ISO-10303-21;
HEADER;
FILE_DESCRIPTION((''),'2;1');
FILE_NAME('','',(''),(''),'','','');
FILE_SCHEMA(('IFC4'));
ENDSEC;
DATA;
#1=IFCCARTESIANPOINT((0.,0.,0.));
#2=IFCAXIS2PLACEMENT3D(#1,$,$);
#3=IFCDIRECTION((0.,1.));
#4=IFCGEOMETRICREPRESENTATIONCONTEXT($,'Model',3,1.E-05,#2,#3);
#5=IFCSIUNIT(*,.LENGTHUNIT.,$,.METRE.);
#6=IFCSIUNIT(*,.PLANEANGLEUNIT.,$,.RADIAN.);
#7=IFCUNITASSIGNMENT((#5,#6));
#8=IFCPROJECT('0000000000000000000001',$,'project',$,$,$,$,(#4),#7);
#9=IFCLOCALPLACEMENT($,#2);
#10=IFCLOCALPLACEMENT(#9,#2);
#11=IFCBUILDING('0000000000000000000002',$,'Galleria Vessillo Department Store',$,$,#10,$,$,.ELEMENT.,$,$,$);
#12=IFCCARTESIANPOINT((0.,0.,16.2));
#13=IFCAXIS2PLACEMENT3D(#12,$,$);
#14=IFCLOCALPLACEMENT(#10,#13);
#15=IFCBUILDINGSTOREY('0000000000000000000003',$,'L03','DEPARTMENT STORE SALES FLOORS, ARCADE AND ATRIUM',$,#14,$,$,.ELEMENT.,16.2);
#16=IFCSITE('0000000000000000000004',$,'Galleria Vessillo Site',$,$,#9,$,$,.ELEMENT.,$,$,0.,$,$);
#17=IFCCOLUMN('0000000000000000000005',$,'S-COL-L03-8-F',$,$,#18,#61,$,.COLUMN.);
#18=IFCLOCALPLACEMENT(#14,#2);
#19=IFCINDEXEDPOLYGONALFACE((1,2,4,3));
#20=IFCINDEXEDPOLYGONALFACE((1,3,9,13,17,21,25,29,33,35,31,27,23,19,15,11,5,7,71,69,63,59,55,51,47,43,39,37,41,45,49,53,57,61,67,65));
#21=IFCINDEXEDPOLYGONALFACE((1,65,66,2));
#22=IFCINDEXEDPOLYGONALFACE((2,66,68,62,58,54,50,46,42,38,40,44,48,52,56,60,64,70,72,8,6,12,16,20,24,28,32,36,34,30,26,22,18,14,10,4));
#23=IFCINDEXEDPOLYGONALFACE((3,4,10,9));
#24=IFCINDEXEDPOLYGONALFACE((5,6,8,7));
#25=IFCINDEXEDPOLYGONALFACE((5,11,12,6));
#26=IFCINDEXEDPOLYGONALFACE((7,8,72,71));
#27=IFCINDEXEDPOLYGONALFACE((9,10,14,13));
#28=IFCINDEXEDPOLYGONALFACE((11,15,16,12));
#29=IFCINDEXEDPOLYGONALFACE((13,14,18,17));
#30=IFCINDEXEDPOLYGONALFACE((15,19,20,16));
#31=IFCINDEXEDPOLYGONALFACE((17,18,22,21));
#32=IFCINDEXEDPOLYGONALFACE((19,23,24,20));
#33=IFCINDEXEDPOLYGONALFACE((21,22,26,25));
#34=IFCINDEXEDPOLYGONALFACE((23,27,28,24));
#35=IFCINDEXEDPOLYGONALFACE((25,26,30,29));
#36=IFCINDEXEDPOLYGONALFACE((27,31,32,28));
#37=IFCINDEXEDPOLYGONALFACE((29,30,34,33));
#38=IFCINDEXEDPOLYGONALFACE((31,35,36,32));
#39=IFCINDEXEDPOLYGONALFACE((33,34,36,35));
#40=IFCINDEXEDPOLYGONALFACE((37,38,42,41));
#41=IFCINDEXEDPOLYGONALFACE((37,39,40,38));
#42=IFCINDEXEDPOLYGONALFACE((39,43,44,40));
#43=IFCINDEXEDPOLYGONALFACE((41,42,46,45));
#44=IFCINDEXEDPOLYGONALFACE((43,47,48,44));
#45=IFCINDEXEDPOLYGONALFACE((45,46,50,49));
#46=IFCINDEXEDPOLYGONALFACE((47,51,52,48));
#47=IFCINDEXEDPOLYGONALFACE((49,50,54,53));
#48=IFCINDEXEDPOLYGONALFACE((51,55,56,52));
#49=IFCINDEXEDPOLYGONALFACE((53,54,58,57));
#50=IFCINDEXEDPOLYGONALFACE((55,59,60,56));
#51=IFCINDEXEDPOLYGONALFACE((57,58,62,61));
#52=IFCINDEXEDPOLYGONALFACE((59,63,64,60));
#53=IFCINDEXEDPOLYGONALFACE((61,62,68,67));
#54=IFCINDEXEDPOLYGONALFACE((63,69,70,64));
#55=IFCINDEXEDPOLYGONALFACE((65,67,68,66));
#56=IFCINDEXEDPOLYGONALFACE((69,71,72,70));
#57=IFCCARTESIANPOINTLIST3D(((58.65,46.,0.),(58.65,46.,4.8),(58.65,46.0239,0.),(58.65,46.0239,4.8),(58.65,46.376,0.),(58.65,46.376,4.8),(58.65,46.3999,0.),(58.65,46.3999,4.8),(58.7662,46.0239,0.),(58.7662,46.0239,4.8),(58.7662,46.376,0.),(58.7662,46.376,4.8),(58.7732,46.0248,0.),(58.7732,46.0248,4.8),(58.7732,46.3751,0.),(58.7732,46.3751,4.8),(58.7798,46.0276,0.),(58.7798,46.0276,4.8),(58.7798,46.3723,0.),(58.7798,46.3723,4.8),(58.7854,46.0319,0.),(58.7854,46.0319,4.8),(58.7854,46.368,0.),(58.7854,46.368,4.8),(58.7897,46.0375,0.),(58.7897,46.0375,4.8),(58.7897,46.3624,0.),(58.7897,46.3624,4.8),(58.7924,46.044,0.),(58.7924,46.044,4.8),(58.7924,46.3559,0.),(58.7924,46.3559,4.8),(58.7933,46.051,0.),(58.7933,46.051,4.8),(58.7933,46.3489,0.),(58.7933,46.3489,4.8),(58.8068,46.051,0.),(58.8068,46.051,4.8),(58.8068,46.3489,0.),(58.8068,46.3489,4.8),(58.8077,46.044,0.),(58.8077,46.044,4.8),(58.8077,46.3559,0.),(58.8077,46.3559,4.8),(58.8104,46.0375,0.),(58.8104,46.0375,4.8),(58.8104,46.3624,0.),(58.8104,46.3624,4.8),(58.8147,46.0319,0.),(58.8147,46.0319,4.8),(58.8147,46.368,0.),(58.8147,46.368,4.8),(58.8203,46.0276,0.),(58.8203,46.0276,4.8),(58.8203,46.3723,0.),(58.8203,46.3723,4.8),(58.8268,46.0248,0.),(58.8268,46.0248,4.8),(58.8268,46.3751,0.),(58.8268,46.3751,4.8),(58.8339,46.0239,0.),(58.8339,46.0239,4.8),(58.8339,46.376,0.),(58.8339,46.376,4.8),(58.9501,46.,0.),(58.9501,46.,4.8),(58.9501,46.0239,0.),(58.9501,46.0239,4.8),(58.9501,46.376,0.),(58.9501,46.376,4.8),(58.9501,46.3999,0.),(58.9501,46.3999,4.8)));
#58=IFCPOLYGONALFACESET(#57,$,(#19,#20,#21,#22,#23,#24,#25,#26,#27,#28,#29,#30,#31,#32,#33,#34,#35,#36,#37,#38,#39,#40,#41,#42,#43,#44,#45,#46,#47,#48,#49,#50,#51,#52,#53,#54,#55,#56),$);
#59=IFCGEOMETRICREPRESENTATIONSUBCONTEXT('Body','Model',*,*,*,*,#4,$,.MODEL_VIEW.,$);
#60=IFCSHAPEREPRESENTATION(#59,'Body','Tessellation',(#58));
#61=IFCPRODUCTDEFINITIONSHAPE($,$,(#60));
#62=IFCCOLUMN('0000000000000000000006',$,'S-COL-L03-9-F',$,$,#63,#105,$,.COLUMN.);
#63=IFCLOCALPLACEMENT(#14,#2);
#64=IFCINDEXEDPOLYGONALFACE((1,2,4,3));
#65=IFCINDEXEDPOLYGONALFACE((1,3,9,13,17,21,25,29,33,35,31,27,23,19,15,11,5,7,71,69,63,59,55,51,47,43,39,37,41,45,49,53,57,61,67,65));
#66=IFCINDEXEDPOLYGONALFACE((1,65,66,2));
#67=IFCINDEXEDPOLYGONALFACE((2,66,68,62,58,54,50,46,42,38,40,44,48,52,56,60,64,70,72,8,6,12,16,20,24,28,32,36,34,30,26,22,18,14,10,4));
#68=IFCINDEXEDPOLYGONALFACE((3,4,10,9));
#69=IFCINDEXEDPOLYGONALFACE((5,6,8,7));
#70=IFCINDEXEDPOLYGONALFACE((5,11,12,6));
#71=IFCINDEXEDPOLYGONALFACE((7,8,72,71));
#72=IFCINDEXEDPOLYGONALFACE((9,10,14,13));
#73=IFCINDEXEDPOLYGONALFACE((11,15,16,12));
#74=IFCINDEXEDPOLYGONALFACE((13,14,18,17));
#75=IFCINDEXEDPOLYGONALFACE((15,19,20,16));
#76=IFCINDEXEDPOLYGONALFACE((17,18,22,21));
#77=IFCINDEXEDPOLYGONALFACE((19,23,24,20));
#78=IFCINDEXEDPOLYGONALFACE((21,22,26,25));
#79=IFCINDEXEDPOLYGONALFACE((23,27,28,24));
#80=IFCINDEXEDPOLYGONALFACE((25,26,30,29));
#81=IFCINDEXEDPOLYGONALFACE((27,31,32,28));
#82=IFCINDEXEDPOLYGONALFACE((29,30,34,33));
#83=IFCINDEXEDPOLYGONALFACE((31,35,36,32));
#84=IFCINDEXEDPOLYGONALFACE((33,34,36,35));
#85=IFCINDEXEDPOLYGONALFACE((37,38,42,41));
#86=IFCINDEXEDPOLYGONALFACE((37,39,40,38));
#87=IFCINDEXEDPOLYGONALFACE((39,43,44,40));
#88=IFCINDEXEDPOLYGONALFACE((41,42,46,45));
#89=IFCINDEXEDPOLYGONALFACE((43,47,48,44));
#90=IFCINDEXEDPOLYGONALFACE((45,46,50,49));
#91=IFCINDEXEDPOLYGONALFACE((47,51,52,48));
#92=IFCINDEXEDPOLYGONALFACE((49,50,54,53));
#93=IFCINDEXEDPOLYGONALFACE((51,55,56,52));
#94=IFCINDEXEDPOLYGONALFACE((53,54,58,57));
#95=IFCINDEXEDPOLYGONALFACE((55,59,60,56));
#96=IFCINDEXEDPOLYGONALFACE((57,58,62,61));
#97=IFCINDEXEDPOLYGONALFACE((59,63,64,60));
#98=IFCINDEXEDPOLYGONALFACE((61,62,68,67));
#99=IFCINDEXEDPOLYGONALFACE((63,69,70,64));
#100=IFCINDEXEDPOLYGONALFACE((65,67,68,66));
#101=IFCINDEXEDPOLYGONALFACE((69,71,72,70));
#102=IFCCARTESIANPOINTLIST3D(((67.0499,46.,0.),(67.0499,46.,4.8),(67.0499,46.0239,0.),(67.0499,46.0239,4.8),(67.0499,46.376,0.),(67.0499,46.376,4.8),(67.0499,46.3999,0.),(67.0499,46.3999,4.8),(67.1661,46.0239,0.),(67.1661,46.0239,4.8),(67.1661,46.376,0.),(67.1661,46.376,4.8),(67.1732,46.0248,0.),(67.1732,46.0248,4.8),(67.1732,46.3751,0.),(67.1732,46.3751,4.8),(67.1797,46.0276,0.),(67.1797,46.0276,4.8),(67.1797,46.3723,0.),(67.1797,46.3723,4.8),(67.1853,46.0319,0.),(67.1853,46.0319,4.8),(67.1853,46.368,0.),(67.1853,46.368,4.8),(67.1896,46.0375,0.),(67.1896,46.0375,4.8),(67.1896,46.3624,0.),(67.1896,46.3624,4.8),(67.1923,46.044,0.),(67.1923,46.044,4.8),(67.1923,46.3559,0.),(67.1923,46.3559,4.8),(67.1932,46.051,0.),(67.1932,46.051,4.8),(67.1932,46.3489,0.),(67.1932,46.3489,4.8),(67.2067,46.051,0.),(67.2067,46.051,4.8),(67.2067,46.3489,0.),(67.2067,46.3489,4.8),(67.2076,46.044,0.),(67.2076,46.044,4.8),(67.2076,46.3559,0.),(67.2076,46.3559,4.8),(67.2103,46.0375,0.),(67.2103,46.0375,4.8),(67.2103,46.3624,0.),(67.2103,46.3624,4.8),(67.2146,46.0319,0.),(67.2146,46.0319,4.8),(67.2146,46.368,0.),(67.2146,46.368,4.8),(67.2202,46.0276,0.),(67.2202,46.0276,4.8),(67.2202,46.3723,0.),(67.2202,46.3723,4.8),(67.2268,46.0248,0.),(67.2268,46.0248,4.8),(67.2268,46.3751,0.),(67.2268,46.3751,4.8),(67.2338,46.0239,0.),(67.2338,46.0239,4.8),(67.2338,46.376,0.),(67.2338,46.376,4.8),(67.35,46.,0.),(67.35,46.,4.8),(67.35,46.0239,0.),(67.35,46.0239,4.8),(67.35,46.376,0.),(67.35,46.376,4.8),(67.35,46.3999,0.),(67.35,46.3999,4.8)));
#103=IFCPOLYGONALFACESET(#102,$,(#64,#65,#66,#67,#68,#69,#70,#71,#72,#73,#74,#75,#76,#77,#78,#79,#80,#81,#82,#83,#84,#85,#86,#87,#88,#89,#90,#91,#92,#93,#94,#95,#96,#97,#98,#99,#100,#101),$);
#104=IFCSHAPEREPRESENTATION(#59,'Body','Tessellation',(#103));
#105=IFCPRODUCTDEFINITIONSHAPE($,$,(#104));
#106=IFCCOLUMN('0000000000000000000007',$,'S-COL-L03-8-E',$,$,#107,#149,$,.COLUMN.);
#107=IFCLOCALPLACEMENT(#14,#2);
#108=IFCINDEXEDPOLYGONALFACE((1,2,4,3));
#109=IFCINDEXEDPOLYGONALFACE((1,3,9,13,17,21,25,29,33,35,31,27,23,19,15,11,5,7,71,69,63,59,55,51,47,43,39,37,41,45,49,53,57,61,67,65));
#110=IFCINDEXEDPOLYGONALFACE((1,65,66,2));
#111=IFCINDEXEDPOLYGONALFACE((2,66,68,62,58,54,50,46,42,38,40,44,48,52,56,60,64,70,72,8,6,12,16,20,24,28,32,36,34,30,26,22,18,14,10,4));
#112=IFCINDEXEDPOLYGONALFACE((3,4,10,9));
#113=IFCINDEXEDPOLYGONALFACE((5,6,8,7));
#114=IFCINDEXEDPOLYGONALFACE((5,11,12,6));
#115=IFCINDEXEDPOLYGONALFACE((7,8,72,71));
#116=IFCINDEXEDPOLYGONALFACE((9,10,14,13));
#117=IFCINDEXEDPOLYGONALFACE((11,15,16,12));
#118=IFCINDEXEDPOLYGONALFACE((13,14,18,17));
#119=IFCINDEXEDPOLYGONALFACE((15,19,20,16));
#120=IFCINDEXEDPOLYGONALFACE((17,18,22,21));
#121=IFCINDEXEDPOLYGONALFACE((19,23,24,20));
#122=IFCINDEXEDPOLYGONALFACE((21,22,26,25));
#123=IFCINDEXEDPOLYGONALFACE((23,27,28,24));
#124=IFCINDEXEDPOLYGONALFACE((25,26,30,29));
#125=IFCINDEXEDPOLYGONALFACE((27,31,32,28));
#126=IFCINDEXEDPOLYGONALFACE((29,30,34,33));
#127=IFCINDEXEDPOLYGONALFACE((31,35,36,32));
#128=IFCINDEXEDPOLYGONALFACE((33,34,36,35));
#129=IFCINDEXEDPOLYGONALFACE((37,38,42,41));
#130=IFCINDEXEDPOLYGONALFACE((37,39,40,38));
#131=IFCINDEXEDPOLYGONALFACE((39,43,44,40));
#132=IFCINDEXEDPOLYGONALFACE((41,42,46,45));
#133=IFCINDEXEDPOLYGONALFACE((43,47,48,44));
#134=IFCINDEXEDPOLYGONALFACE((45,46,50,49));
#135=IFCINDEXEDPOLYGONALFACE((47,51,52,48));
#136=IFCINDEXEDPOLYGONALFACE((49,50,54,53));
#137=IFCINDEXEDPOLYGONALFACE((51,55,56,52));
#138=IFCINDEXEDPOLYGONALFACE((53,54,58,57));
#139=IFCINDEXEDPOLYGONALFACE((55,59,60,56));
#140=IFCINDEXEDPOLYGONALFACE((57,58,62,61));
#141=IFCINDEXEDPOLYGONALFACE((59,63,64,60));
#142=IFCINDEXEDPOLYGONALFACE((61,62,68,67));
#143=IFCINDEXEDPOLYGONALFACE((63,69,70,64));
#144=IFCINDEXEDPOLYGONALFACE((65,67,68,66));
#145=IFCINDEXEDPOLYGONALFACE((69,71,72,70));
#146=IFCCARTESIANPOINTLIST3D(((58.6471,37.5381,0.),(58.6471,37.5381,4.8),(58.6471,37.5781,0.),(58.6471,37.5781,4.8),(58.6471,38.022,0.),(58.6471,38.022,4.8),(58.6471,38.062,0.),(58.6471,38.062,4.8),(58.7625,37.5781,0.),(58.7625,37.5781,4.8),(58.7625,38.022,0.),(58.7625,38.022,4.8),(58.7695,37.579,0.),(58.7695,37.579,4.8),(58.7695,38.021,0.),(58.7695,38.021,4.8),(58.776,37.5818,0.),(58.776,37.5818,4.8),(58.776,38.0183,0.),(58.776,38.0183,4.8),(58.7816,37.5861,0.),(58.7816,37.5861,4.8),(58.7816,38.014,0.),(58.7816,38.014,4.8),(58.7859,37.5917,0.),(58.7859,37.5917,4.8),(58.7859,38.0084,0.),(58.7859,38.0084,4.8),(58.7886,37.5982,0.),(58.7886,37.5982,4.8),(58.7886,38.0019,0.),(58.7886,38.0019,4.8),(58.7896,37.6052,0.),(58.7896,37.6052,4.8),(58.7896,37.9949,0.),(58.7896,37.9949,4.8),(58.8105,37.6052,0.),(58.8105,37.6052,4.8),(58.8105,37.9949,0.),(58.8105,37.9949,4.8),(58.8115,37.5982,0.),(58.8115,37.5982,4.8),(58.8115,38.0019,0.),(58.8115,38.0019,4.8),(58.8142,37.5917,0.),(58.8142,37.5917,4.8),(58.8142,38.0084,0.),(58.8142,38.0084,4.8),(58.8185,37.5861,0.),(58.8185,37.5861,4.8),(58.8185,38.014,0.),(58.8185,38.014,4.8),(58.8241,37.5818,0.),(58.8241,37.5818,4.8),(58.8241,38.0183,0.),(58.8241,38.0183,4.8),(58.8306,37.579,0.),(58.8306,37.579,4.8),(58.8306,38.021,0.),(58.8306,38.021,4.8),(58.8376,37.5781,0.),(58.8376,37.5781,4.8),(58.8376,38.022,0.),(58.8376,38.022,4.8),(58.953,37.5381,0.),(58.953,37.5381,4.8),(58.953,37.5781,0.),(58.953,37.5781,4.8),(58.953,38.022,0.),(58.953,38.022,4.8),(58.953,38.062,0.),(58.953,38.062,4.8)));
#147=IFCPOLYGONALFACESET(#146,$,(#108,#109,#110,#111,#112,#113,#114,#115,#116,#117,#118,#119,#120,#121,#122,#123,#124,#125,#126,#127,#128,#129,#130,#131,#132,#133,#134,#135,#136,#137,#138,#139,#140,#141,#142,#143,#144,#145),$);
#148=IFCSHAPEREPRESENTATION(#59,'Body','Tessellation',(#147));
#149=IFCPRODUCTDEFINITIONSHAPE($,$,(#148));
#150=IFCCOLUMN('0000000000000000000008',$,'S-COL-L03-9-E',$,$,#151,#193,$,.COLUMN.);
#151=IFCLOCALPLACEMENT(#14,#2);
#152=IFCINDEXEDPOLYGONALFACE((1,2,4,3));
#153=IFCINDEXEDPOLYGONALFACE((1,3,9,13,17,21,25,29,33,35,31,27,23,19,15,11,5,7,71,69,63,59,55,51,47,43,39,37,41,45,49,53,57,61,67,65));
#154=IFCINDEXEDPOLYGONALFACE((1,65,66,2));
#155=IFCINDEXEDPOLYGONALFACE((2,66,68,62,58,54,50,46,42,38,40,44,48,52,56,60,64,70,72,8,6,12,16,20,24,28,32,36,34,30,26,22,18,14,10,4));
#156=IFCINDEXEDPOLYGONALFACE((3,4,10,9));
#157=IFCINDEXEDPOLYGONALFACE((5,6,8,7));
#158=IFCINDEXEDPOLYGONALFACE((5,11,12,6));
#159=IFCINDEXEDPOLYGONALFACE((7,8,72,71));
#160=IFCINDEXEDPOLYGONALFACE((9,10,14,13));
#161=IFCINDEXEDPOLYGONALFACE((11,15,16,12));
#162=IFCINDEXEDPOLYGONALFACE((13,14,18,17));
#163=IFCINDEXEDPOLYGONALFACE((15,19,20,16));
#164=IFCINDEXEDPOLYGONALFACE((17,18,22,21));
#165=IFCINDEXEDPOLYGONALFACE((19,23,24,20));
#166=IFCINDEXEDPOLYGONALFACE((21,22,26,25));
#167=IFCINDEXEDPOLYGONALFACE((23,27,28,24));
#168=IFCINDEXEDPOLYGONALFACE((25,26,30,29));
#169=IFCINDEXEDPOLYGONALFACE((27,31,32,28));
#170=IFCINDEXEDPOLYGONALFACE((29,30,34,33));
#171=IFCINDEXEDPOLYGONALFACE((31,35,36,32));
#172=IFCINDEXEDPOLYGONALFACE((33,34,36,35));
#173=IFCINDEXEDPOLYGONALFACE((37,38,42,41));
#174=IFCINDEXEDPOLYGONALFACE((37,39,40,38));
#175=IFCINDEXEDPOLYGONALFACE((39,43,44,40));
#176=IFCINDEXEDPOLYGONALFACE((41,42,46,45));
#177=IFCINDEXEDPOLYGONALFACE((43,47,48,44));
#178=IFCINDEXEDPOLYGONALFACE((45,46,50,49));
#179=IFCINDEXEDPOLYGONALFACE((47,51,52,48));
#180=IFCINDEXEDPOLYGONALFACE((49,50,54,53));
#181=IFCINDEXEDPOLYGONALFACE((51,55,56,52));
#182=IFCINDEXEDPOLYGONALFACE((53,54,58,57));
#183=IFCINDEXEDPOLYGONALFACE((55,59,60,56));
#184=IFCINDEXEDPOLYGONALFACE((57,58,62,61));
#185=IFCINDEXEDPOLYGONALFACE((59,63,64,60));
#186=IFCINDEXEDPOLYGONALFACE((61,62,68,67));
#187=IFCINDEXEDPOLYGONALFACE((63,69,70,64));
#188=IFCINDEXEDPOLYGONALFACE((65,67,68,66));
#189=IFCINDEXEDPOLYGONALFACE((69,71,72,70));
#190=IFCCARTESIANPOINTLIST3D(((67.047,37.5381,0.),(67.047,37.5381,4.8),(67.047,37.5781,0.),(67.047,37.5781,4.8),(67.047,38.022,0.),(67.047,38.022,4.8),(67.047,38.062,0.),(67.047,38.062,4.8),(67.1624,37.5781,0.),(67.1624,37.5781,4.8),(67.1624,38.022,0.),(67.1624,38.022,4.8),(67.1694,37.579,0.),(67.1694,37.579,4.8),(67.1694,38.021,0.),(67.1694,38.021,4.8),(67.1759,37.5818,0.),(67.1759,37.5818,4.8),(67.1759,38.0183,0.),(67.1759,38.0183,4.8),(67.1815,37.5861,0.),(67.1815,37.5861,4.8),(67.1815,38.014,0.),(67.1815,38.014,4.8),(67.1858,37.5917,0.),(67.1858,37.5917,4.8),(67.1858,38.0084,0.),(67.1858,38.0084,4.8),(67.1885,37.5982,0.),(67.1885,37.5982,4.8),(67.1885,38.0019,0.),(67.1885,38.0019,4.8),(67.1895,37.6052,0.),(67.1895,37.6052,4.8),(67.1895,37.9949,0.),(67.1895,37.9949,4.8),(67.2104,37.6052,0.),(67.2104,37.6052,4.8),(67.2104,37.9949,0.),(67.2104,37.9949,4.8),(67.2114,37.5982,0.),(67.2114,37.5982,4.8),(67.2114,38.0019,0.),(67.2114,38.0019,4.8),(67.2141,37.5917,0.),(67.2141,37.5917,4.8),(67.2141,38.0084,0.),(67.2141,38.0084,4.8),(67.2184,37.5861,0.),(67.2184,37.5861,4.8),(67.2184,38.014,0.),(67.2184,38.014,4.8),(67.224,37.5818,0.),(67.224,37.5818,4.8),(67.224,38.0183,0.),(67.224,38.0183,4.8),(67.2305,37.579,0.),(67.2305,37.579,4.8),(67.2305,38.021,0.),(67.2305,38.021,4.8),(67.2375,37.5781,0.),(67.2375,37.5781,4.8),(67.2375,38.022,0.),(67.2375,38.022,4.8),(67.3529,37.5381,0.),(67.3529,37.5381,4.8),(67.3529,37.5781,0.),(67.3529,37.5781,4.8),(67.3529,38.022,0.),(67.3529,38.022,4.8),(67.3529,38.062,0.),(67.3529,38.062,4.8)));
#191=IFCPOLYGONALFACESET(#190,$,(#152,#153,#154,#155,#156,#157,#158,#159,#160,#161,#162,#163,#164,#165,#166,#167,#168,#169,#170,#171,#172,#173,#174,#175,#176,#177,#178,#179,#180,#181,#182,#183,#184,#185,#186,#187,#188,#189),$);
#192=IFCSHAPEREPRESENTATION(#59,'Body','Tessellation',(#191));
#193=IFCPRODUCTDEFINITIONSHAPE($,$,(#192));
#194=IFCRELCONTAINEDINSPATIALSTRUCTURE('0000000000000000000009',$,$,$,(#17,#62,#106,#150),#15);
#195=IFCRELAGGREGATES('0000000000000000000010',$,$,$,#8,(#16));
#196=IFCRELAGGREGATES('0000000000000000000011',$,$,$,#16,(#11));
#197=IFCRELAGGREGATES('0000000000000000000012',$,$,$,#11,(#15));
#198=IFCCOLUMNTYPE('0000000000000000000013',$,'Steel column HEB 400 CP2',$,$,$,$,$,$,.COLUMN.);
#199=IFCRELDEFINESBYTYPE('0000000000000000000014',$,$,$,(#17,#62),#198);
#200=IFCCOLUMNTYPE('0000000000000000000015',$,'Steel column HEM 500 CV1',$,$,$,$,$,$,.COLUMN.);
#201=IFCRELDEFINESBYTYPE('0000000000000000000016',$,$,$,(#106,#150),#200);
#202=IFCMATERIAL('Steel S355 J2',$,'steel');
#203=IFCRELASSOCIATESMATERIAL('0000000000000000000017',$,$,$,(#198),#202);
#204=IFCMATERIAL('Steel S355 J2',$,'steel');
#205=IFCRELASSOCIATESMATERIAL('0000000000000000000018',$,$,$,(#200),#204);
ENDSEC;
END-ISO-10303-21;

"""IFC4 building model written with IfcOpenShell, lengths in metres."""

from ifc_helpers import new_model, si_unit, direction, frame, origin, origin_2d, place, context, subcontext, project, spatial, i_section, extrude, material, material_profile, profile_set, type_object, element, save


model = new_model("IFC4")

# Units and contexts
model_context = context("Model", 3, precision=1e-05, world=origin(), true_north=direction((0.0, 1.0)))
body_context = subcontext(model_context, "Body", "Model", "MODEL_VIEW")
ifc_project = project(units=[si_unit("LENGTHUNIT", "METRE"), si_unit("PLANEANGLEUNIT", "RADIAN")], contexts=[model_context])

# Site, building, storey
site_placement = place(None, origin())
site = spatial("IfcSite", under=ifc_project, at=site_placement, Name="Galleria Vessillo Site", CompositionType="ELEMENT", RefElevation=0.0)
building_placement = place(site_placement, origin())
building = spatial("IfcBuilding", under=site, at=building_placement, Name="Galleria Vessillo Department Store", CompositionType="ELEMENT")
storey_placement = place(building_placement, frame((0.0, 0.0, 16.2)))
storey = spatial("IfcBuildingStorey", under=building, at=storey_placement, Name="L03", Description="DEPARTMENT STORE SALES FLOORS, ARCADE AND ATRIUM", CompositionType="ELEMENT", Elevation=16.2)

# Columns
ifc_material_1 = material(Name="Steel S355 J2", Category="steel")
ifc_material_profile_1 = material_profile(ifc_material_1, i_section(OverallWidth=0.3, OverallDepth=0.3999, WebThickness=0.0134, FlangeThickness=0.0239, FilletRadius=0.0271, at=origin_2d()), Name="HEB 400")
ifc_profile_set_1 = profile_set([ifc_material_profile_1], Name="Steel S355 J2")
column_type_1 = type_object("IfcColumnType", Name="Steel column HEB 400 CP2", PredefinedType="COLUMN", material=ifc_profile_set_1)
for number, where, z_axis, x_axis, name in (
    (1, (58.8, 46.2, 0.0), (0.0, 0.0, 1.0), (1.0, 0.0, 0.0), "S-COL-L03-8-F"),
    (2, (67.2, 46.2, 0.0), (0.0, 0.0, 1.0), (1.0, 0.0, 0.0), "S-COL-L03-9-F"),
):
    element("IfcColumn", number, at=place(storey_placement, frame(where, z_axis=z_axis, x_axis=x_axis)), inside=storey, type_object=column_type_1, Name=name, PredefinedType="COLUMN", context=body_context, shape_type="SweptSolid", body=[
        extrude(i_section(OverallWidth=0.3, OverallDepth=0.3999, WebThickness=0.0134, FlangeThickness=0.0239, FilletRadius=0.0271, at=origin_2d()), origin(), (0.0, 0.0, 1.0), 4.8),
    ])
ifc_material_2 = material(Name="Steel S355 J2", Category="steel")
ifc_material_profile_2 = material_profile(ifc_material_2, i_section(OverallWidth=0.3059, OverallDepth=0.5239, WebThickness=0.021, FlangeThickness=0.04, FilletRadius=0.0271, at=origin_2d()), Name="HEM 500")
ifc_profile_set_2 = profile_set([ifc_material_profile_2], Name="Steel S355 J2")
column_type_2 = type_object("IfcColumnType", Name="Steel column HEM 500 CV1", PredefinedType="COLUMN", material=ifc_profile_set_2)
for number, where, z_axis, x_axis, name in (
    (3, (58.8, 37.8, 0.0), (0.0, 0.0, 1.0), (1.0, 0.0, 0.0), "S-COL-L03-8-E"),
    (4, (67.2, 37.8, 0.0), (0.0, 0.0, 1.0), (1.0, 0.0, 0.0), "S-COL-L03-9-E"),
):
    element("IfcColumn", number, at=place(storey_placement, frame(where, z_axis=z_axis, x_axis=x_axis)), inside=storey, type_object=column_type_2, Name=name, PredefinedType="COLUMN", context=body_context, shape_type="SweptSolid", body=[
        extrude(i_section(OverallWidth=0.3059, OverallDepth=0.5239, WebThickness=0.021, FlangeThickness=0.04, FilletRadius=0.0271, at=origin_2d()), origin(), (0.0, 0.0, 1.0), 4.8),
    ])

save(model, "model.ifc")
